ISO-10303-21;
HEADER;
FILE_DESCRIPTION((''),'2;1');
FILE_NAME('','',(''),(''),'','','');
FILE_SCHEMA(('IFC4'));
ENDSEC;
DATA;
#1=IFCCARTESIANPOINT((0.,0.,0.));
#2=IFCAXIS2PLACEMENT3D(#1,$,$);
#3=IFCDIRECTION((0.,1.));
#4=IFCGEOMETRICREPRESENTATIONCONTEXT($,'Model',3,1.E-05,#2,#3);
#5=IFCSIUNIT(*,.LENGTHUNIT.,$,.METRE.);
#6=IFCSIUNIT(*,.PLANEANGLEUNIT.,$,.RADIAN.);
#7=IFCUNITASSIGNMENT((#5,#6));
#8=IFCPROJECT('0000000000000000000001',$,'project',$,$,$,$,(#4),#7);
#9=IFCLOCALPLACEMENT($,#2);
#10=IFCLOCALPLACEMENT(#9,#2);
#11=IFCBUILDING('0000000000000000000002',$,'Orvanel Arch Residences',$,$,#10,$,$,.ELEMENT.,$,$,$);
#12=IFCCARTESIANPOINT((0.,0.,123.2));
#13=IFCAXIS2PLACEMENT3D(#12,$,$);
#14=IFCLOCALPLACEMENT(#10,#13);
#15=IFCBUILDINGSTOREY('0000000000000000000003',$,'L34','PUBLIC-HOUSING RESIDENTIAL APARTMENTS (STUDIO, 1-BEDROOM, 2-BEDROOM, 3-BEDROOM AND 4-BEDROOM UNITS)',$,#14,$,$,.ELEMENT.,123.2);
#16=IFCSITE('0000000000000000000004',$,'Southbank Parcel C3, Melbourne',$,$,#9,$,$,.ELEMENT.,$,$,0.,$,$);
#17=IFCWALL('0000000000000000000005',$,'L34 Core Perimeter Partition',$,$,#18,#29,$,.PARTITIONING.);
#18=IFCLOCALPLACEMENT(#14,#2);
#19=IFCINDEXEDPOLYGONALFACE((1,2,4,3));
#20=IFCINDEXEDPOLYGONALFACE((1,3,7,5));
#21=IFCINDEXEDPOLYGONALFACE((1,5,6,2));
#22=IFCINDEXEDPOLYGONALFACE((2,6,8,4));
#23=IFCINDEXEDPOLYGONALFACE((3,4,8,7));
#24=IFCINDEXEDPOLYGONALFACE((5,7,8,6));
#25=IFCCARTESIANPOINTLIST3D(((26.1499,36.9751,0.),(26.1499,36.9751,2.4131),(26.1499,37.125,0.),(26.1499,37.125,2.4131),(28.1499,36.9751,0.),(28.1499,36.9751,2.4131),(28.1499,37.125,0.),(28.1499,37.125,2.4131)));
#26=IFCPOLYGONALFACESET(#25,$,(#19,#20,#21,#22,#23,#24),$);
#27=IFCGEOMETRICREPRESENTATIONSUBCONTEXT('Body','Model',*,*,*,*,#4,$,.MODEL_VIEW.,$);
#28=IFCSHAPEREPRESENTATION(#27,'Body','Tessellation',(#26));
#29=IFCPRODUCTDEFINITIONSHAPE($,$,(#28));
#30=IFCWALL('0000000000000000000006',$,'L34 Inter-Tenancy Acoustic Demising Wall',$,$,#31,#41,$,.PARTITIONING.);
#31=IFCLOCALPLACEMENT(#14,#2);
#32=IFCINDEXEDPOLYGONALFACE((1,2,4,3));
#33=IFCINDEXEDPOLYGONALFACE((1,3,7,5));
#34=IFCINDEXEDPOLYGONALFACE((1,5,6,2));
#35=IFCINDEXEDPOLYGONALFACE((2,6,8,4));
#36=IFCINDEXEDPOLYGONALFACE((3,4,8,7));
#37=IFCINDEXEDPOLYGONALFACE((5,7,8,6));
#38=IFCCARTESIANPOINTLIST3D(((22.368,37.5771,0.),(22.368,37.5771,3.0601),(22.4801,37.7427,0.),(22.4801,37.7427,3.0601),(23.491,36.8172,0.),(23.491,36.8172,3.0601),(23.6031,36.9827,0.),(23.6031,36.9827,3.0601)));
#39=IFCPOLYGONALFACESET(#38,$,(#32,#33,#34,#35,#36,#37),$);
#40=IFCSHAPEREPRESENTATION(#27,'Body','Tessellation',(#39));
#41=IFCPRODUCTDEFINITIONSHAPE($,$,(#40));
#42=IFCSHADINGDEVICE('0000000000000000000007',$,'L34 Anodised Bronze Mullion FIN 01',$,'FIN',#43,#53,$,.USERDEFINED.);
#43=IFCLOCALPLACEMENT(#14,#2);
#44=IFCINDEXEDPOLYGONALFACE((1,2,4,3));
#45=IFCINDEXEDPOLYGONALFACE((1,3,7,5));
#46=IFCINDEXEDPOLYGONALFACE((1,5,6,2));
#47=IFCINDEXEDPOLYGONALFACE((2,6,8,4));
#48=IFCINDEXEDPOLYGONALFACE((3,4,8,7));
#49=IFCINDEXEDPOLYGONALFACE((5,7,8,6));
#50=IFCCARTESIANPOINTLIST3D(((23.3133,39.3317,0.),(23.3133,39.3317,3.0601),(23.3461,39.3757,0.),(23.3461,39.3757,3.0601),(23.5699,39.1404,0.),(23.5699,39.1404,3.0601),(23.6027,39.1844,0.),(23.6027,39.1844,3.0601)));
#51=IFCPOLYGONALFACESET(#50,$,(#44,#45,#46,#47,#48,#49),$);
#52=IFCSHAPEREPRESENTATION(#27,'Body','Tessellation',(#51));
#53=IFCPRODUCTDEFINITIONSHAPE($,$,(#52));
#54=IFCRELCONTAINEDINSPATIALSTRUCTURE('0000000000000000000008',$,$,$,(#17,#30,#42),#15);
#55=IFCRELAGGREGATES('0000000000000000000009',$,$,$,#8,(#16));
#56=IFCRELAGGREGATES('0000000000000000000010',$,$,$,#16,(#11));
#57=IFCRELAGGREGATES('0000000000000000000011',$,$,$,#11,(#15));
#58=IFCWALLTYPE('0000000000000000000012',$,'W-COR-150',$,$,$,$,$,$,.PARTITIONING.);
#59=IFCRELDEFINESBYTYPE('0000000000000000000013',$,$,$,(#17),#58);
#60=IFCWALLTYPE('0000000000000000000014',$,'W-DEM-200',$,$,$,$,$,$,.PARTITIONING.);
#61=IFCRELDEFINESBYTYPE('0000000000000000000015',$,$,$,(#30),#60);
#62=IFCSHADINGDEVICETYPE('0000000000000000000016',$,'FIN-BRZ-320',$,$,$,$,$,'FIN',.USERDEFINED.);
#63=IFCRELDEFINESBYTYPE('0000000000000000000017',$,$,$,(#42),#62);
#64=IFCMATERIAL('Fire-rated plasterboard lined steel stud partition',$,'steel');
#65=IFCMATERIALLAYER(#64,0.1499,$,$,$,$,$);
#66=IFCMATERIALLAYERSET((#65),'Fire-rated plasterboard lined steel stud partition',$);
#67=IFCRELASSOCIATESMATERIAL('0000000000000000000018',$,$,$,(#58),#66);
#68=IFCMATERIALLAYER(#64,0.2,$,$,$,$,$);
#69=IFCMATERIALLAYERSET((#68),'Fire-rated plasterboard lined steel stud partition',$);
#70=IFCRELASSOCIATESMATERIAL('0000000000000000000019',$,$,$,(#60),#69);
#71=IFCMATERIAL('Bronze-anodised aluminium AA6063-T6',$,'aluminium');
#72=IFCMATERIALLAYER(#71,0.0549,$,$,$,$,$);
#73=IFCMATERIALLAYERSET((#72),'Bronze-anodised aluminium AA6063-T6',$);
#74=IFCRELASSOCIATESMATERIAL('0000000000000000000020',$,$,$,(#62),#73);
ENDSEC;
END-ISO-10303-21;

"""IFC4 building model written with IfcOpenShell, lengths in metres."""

from ifc_helpers import new_model, si_unit, direction, frame, frame_2d, origin, origin_2d, place, context, subcontext, project, spatial, rectangle, extrude, material, layer, layer_set, type_object, element, save


model = new_model("IFC4")

# Units and contexts
model_context = context("Model", 3, precision=1e-05, world=origin(), true_north=direction((0.0, 1.0)))
body_context = subcontext(model_context, "Body", "Model", "MODEL_VIEW")
ifc_project = project(units=[si_unit("LENGTHUNIT", "METRE"), si_unit("PLANEANGLEUNIT", "RADIAN")], contexts=[model_context])

# Site, building, storey
site_placement = place(None, origin())
site = spatial("IfcSite", under=ifc_project, at=site_placement, Name="Southbank Parcel C3, Melbourne", CompositionType="ELEMENT", RefElevation=0.0)
building_placement = place(site_placement, origin())
building = spatial("IfcBuilding", under=site, at=building_placement, Name="Orvanel Arch Residences", CompositionType="ELEMENT")
storey_placement = place(building_placement, frame((0.0, 0.0, 123.2)))
storey = spatial("IfcBuildingStorey", under=building, at=storey_placement, Name="L34", Description="PUBLIC-HOUSING RESIDENTIAL APARTMENTS (STUDIO, 1-BEDROOM, 2-BEDROOM, 3-BEDROOM AND 4-BEDROOM UNITS)", CompositionType="ELEMENT", Elevation=123.2)

# Shared definitions
ifc_material_1 = material(Name="Bronze-anodised aluminium AA6063-T6", Category="aluminium")

# Shared definitions
ifc_material_2 = material(Name="Fire-rated plasterboard lined steel stud partition", Category="steel")
ifc_layer_1 = layer(ifc_material_2, 0.1499)
ifc_layer_set_1 = layer_set([ifc_layer_1], Name="Fire-rated plasterboard lined steel stud partition")
wall_type_1 = type_object("IfcWallType", Name="W-COR-150", PredefinedType="PARTITIONING", material=ifc_layer_set_1)

# Walls
wall_1_placement = place(storey_placement, frame((26.1499, 37.05, 0.0), z_axis=(0.0, 0.0, 1.0), x_axis=(1.0, 0.0, 0.0)))
element("IfcWall", 1, at=wall_1_placement, inside=storey, type_object=wall_type_1, Name="L34 Core Perimeter Partition", PredefinedType="PARTITIONING", context=body_context, shape_type="SweptSolid", body=[
    extrude(rectangle(XDim=2.0, YDim=0.1499, at=frame_2d((1.0, 0.0))), origin(), (0.0, 0.0, 1.0), 2.4131),
])
ifc_layer_2 = layer(ifc_material_2, 0.2)
ifc_layer_set_2 = layer_set([ifc_layer_2], Name="Fire-rated plasterboard lined steel stud partition")
wall_type_2 = type_object("IfcWallType", Name="W-DEM-200", PredefinedType="PARTITIONING", material=ifc_layer_set_2)
wall_2_placement = place(storey_placement, frame((22.4241, 37.6599, 0.0), z_axis=(0.0, 0.0, 1.0), x_axis=(0.82818, -0.560462, 0.0)))
element("IfcWall", 2, at=wall_2_placement, inside=storey, type_object=wall_type_2, Name="L34 Inter-Tenancy Acoustic Demising Wall", PredefinedType="PARTITIONING", context=body_context, shape_type="SweptSolid", body=[
    extrude(rectangle(XDim=1.356, YDim=0.2, at=frame_2d((0.678, 0.0))), origin(), (0.0, 0.0, 1.0), 3.0601),
])

# Shading device
ifc_layer_3 = layer(ifc_material_1, 0.0549)
ifc_layer_set_3 = layer_set([ifc_layer_3], Name="Bronze-anodised aluminium AA6063-T6")
shading_device_type = type_object("IfcShadingDeviceType", Name="FIN-BRZ-320", ElementType="FIN", PredefinedType="USERDEFINED", material=ifc_layer_set_3)
shading_device_placement = place(storey_placement, frame((23.458, 39.2581, 0.0), z_axis=(0.0, 0.0, 1.0), x_axis=(-0.801776, 0.597625, 0.0)))
element("IfcShadingDevice", 3, at=shading_device_placement, inside=storey, type_object=shading_device_type, Name="L34 Anodised Bronze Mullion FIN 01", ObjectType="FIN", PredefinedType="USERDEFINED", context=body_context, shape_type="SweptSolid", body=[
    extrude(rectangle(XDim=0.3201, YDim=0.0549, at=origin_2d()), origin(), (0.0, 0.0, 1.0), 3.0601),
])

save(model, "model.ifc")
